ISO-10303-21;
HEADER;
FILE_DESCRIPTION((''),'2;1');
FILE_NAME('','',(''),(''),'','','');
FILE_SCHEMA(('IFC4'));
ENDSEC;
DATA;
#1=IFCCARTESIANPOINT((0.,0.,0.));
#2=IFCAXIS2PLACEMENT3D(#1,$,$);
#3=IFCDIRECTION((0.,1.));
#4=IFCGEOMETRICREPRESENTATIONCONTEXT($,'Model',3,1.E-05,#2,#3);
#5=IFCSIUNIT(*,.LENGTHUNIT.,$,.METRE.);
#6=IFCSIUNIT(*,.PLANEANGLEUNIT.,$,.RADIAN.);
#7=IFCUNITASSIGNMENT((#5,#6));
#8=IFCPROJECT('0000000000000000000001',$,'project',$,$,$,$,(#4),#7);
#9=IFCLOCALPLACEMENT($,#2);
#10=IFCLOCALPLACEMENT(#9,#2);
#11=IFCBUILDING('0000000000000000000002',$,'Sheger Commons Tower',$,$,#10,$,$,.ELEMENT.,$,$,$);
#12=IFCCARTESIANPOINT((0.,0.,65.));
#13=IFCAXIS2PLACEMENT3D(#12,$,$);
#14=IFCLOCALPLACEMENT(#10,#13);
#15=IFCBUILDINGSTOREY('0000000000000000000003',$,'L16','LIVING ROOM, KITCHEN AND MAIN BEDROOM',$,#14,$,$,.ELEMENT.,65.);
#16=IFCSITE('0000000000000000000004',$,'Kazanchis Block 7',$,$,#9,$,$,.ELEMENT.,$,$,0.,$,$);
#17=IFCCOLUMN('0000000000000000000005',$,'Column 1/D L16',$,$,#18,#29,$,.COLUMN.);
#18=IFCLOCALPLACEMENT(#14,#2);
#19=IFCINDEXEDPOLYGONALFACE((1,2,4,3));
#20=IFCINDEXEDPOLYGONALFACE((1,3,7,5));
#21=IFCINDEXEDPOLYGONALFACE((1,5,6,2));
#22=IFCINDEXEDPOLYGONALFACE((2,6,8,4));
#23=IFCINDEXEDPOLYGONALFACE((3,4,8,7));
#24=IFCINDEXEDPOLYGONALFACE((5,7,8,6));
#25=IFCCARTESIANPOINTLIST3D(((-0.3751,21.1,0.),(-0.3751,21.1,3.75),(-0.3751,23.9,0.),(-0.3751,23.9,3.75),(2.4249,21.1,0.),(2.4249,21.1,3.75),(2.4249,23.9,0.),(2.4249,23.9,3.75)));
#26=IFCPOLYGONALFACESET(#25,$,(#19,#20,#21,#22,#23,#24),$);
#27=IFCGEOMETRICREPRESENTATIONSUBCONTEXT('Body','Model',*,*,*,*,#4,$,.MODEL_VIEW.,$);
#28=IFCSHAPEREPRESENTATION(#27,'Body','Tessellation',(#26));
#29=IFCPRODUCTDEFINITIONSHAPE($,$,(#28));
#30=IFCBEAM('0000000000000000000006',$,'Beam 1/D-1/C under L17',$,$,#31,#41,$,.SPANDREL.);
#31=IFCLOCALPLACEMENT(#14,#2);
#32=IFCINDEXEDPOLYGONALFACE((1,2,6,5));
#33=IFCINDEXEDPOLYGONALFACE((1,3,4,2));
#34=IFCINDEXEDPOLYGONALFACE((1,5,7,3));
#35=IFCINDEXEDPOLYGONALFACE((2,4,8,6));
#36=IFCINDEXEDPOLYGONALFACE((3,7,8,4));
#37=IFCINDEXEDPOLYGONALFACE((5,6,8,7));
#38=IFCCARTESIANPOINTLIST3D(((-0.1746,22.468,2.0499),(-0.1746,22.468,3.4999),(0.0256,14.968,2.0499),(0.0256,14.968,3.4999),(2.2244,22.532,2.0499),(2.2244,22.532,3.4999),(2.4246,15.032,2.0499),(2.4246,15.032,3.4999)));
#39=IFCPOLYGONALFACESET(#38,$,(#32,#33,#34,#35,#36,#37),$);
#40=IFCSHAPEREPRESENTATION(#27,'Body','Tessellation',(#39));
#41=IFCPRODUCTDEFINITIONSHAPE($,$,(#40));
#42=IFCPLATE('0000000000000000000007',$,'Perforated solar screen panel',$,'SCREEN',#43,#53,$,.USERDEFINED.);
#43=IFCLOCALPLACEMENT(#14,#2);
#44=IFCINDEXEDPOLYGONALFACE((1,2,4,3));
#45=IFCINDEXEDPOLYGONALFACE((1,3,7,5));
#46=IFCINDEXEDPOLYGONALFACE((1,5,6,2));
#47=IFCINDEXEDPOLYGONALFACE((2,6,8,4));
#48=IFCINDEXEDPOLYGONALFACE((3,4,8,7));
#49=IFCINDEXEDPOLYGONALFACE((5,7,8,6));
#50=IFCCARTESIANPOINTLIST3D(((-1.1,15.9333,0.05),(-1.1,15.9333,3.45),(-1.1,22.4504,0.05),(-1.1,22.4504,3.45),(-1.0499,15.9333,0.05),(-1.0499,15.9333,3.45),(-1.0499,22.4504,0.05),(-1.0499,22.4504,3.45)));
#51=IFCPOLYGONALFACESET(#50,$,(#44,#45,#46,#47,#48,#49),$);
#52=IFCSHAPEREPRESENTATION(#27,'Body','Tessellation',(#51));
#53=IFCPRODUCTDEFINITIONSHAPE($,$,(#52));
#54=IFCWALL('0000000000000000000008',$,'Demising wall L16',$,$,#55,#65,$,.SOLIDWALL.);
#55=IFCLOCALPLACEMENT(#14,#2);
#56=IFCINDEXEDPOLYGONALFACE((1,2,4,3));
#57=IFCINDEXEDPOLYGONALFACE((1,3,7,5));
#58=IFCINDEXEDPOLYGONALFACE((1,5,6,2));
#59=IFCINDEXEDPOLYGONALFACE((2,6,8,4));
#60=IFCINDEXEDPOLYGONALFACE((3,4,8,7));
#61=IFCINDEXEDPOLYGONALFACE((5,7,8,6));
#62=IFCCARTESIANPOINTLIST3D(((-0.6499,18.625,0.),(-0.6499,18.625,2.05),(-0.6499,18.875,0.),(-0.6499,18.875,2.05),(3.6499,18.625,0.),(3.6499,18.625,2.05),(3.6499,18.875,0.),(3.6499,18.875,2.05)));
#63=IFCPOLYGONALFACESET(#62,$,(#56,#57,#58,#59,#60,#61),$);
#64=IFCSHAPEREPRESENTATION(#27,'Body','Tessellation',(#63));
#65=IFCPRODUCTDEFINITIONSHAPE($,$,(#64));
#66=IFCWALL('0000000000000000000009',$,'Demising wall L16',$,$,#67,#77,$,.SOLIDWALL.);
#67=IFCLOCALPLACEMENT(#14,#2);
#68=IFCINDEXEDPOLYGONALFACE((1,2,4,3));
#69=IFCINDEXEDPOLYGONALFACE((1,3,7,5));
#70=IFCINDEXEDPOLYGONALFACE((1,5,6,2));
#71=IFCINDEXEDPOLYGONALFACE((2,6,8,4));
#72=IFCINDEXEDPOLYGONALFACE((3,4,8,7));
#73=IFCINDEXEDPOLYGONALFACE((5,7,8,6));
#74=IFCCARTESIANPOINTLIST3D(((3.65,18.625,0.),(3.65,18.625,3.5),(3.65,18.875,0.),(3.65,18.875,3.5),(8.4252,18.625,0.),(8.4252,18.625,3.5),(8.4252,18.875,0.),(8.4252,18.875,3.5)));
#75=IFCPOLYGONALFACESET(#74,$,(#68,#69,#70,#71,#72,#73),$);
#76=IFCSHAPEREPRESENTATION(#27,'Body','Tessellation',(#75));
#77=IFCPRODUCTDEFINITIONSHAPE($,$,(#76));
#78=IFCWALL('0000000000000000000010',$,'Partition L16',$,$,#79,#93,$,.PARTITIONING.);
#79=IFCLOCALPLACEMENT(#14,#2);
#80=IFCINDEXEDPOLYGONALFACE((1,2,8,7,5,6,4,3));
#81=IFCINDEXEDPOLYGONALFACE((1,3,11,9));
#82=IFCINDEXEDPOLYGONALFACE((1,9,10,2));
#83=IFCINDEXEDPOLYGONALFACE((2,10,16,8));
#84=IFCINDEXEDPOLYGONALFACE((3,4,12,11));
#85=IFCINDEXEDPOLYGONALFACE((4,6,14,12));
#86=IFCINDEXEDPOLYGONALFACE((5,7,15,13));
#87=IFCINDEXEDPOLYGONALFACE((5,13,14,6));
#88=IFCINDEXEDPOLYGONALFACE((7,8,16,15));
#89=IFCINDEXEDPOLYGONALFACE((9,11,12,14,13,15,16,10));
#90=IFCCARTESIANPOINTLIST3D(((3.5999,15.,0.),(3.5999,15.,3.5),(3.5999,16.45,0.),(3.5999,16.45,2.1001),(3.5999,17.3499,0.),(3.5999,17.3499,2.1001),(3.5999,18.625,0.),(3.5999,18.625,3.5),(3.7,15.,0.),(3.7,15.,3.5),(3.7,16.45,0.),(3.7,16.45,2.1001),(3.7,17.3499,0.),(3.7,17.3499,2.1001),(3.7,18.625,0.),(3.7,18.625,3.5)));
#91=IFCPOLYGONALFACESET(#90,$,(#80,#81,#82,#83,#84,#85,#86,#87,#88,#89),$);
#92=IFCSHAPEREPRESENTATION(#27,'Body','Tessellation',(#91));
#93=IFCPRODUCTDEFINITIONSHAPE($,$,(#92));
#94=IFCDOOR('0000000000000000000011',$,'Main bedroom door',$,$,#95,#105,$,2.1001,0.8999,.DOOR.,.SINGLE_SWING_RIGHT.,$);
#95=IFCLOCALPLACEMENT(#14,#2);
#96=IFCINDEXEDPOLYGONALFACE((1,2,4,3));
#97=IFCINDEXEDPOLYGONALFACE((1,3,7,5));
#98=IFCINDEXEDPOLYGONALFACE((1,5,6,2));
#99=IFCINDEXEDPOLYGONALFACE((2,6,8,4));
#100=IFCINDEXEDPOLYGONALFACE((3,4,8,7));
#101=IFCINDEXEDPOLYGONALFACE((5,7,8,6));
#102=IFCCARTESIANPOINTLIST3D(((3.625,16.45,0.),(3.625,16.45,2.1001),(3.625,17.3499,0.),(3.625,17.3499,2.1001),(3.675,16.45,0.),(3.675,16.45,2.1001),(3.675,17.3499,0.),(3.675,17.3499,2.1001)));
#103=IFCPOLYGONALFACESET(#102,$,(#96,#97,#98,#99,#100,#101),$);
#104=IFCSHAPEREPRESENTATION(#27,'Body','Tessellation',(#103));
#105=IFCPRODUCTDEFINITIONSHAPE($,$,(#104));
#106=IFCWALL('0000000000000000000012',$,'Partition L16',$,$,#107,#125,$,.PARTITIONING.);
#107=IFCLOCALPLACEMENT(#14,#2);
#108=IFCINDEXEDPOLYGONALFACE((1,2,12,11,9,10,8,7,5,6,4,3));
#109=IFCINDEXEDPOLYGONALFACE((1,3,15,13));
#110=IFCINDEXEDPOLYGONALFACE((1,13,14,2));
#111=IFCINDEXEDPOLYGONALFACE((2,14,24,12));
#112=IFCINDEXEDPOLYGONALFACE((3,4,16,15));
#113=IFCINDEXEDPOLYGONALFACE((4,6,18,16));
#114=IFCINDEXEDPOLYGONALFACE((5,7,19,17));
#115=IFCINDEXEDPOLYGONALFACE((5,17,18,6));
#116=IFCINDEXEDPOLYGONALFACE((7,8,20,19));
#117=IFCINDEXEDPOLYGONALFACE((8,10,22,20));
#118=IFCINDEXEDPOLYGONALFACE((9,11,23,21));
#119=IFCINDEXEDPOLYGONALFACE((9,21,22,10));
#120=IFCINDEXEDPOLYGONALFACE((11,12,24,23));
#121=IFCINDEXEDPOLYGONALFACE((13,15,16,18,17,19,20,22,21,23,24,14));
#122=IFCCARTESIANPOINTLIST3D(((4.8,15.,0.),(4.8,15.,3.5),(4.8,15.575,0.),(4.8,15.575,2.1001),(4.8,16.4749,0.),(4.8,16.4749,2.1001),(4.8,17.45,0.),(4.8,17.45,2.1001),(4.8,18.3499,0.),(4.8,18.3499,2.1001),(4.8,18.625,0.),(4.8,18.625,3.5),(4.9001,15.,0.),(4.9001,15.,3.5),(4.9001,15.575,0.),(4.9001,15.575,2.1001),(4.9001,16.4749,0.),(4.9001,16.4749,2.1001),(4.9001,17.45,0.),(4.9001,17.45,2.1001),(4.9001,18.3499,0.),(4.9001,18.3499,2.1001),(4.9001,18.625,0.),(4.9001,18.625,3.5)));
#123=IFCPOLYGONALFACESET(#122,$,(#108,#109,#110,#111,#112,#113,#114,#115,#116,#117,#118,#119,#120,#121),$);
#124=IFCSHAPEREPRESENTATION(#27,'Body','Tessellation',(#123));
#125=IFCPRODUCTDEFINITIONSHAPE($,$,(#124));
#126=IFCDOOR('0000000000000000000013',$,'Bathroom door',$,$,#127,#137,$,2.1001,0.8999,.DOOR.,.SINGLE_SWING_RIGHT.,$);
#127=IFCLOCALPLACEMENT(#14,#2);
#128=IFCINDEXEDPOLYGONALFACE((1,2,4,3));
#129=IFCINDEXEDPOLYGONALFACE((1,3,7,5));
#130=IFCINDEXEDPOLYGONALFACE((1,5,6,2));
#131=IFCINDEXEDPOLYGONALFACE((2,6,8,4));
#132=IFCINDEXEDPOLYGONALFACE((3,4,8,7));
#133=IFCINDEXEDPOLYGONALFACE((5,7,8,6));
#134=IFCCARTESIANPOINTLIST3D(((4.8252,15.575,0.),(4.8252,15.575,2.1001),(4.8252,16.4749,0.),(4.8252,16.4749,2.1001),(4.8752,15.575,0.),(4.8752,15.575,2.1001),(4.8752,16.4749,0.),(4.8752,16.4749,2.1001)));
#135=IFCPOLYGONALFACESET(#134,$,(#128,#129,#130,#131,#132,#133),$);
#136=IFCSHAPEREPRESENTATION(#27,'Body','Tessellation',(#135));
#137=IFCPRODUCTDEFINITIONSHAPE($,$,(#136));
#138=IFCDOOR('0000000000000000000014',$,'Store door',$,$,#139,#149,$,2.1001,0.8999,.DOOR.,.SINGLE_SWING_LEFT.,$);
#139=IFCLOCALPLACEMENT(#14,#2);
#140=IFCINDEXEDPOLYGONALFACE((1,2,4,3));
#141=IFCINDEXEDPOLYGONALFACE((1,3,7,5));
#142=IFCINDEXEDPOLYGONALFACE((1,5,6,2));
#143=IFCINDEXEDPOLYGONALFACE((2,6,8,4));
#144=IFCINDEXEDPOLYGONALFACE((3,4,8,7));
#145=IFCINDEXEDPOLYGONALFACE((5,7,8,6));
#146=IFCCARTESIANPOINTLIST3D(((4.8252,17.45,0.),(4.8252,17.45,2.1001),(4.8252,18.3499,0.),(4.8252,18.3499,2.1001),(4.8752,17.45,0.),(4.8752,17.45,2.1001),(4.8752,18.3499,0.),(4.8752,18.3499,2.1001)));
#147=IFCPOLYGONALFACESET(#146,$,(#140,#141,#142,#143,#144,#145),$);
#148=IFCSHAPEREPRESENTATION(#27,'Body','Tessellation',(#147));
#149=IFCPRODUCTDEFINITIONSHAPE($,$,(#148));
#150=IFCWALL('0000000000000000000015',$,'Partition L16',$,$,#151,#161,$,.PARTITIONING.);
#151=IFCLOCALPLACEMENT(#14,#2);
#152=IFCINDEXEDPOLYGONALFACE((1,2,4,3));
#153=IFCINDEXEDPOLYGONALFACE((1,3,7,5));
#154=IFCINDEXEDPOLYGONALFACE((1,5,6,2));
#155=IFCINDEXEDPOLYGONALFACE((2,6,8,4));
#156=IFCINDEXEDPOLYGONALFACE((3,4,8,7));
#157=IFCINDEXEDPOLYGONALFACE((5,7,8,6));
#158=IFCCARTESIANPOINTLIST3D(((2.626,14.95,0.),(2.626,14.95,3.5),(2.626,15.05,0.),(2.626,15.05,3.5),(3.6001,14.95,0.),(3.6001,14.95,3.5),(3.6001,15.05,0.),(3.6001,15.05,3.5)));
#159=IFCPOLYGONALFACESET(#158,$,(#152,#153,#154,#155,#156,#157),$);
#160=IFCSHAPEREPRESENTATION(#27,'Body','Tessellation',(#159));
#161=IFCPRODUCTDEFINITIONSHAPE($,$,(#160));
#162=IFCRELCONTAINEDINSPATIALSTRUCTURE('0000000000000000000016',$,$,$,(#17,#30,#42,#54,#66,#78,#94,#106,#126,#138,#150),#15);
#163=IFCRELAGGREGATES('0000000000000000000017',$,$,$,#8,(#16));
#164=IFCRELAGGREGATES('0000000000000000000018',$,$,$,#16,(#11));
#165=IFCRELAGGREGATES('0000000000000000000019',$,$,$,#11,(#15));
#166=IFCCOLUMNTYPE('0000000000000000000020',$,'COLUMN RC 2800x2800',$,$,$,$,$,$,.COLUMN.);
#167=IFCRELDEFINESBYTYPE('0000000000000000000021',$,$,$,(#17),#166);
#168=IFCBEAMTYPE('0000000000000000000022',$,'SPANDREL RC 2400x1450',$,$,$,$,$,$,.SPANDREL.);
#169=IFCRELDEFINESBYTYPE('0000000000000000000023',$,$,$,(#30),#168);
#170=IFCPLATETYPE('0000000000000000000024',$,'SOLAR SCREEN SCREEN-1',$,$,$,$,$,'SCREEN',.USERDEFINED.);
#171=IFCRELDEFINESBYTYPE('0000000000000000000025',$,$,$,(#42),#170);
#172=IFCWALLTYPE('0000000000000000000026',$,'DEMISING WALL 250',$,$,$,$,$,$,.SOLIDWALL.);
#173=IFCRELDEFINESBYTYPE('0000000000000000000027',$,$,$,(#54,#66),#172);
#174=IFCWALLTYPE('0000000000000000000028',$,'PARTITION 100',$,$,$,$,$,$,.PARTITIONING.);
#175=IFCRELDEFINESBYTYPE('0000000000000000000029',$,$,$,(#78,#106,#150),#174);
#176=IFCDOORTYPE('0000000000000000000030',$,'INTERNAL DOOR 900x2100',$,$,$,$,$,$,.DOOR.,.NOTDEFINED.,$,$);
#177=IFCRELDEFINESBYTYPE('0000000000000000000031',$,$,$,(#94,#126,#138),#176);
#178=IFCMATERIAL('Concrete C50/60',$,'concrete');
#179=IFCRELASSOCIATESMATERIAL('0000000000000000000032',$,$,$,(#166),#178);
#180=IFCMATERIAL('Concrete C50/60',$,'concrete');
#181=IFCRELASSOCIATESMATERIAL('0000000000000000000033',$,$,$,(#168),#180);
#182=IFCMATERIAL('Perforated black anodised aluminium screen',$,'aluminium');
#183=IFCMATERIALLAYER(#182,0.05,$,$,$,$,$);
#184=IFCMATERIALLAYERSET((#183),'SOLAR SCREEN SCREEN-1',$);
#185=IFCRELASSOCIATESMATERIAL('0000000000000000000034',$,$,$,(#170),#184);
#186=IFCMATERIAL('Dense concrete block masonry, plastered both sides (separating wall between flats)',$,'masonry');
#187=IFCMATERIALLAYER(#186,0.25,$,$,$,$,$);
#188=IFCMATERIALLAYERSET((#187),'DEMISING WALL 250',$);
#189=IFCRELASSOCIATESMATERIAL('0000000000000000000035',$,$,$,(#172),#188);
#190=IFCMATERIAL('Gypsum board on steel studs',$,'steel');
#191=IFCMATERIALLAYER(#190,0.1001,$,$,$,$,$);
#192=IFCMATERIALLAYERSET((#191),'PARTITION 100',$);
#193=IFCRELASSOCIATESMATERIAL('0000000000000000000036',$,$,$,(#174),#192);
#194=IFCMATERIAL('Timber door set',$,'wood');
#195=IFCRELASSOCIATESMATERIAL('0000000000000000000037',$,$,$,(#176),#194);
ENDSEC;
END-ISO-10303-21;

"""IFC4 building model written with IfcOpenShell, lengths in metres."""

from ifc_helpers import new_model, si_unit, direction, frame, frame_2d, origin, origin_2d, place, context, subcontext, project, spatial, rectangle, extrude, material, layer, layer_set, material_profile, profile_set, type_object, element, fill, save


model = new_model("IFC4")

# Units and contexts
model_context = context("Model", 3, precision=1e-05, world=origin(), true_north=direction((0.0, 1.0)))
body_context = subcontext(model_context, "Body", "Model", "MODEL_VIEW")
ifc_project = project(units=[si_unit("LENGTHUNIT", "METRE"), si_unit("PLANEANGLEUNIT", "RADIAN")], contexts=[model_context])

# Site, building, storey
site_placement = place(None, origin())
site = spatial("IfcSite", under=ifc_project, at=site_placement, Name="Kazanchis Block 7", CompositionType="ELEMENT", RefElevation=0.0)
building_placement = place(site_placement, origin())
building = spatial("IfcBuilding", under=site, at=building_placement, Name="Sheger Commons Tower", CompositionType="ELEMENT")
storey_placement = place(building_placement, frame((0.0, 0.0, 65.0)))
storey = spatial("IfcBuildingStorey", under=building, at=storey_placement, Name="L16", Description="LIVING ROOM, KITCHEN AND MAIN BEDROOM", CompositionType="ELEMENT", Elevation=65.0)

# Column
ifc_material_1 = material(Name="Concrete C50/60", Category="concrete")
ifc_material_profile_1 = material_profile(ifc_material_1, rectangle(XDim=2.8, YDim=2.8, at=origin_2d()), Name="RC 2800x2800")
ifc_profile_set_1 = profile_set([ifc_material_profile_1], Name="Concrete C50/60")
column_type = type_object("IfcColumnType", Name="COLUMN RC 2800x2800", PredefinedType="COLUMN", material=ifc_profile_set_1)
column_placement = place(storey_placement, frame((1.0249, 22.5, 0.0), z_axis=(0.0, 0.0, 1.0), x_axis=(1.0, 0.0, 0.0)))
element("IfcColumn", 1, at=column_placement, inside=storey, type_object=column_type, Name="Column 1/D L16", PredefinedType="COLUMN", context=body_context, shape_type="SweptSolid", body=[
    extrude(rectangle(XDim=2.8, YDim=2.8, at=origin_2d()), origin(), (0.0, 0.0, 1.0), 3.75),
])

# Beam
ifc_material_2 = material(Name="Concrete C50/60", Category="concrete")
ifc_material_profile_2 = material_profile(ifc_material_2, rectangle(XDim=2.3999, YDim=1.45, at=origin_2d()), Name="RC 2400x1450")
ifc_profile_set_2 = profile_set([ifc_material_profile_2], Name="Concrete C50/60")
beam_type = type_object("IfcBeamType", Name="SPANDREL RC 2400x1450", PredefinedType="SPANDREL", material=ifc_profile_set_2)
beam_placement = place(storey_placement, frame((1.0249, 22.5, 2.7749), z_axis=(0.026683, -0.999644, 0.0), x_axis=(0.999644, 0.026683, 0.0)))
element("IfcBeam", 2, at=beam_placement, inside=storey, type_object=beam_type, Name="Beam 1/D-1/C under L17", PredefinedType="SPANDREL", context=body_context, shape_type="SweptSolid", body=[
    extrude(rectangle(XDim=2.3999, YDim=1.45, at=origin_2d()), origin(), (0.0, 0.0, 1.0), 7.5027),
])

# Plate
ifc_material_3 = material(Name="Perforated black anodised aluminium screen", Category="aluminium")
ifc_layer_1 = layer(ifc_material_3, 0.05)
ifc_layer_set_1 = layer_set([ifc_layer_1], Name="SOLAR SCREEN SCREEN-1")
plate_type = type_object("IfcPlateType", Name="SOLAR SCREEN SCREEN-1", ElementType="SCREEN", PredefinedType="USERDEFINED", material=ifc_layer_set_1)
plate_placement = place(storey_placement, frame((-1.075, 19.1919, 0.05), z_axis=(0.0, 0.0, 1.0), x_axis=(0.0, -1.0, 0.0)))
element("IfcPlate", 3, at=plate_placement, inside=storey, type_object=plate_type, Name="Perforated solar screen panel", ObjectType="SCREEN", PredefinedType="USERDEFINED", context=body_context, shape_type="SweptSolid", body=[
    extrude(rectangle(XDim=6.5171, YDim=0.05, at=origin_2d()), origin(), (0.0, 0.0, 1.0), 3.3999),
])

# Walls
ifc_material_4 = material(Name="Dense concrete block masonry, plastered both sides (separating wall between flats)", Category="masonry")
ifc_layer_2 = layer(ifc_material_4, 0.25)
ifc_layer_set_2 = layer_set([ifc_layer_2], Name="DEMISING WALL 250")
wall_type_1 = type_object("IfcWallType", Name="DEMISING WALL 250", PredefinedType="SOLIDWALL", material=ifc_layer_set_2)
wall_1_placement = place(storey_placement, frame((-0.6499, 18.75, 0.0), z_axis=(0.0, 0.0, 1.0), x_axis=(1.0, 0.0, 0.0)))
element("IfcWall", 4, at=wall_1_placement, inside=storey, type_object=wall_type_1, Name="Demising wall L16", PredefinedType="SOLIDWALL", context=body_context, shape_type="SweptSolid", body=[
    extrude(rectangle(XDim=4.2998, YDim=0.25, at=frame_2d((2.1499, 0.0))), origin(), (0.0, 0.0, 1.0), 2.05),
])
wall_2_placement = place(storey_placement, frame((3.6499, 18.75, 0.0), z_axis=(0.0, 0.0, 1.0), x_axis=(1.0, 0.0, 0.0)))
element("IfcWall", 5, at=wall_2_placement, inside=storey, type_object=wall_type_1, Name="Demising wall L16", PredefinedType="SOLIDWALL", context=body_context, shape_type="SweptSolid", body=[
    extrude(rectangle(XDim=4.7751, YDim=0.25, at=frame_2d((2.3877, 0.0))), origin(), (0.0, 0.0, 1.0), 3.5),
])

# Wall, opening, door
ifc_material_5 = material(Name="Gypsum board on steel studs", Category="steel")
ifc_layer_3 = layer(ifc_material_5, 0.1001)
ifc_layer_set_3 = layer_set([ifc_layer_3], Name="PARTITION 100")
wall_type_2 = type_object("IfcWallType", Name="PARTITION 100", PredefinedType="PARTITIONING", material=ifc_layer_set_3)
wall_3_placement = place(storey_placement, frame((3.6499, 15.0, 0.0), z_axis=(0.0, 0.0, 1.0), x_axis=(0.0, 1.0, 0.0)))
wall_3 = element("IfcWall", 6, at=wall_3_placement, inside=storey, type_object=wall_type_2, Name="Partition L16", PredefinedType="PARTITIONING", context=body_context, shape_type="SweptSolid", body=[
    extrude(rectangle(XDim=3.625, YDim=0.1001, at=frame_2d((1.8125, 0.0))), origin(), (0.0, 0.0, 1.0), 3.5),
])
opening_1_placement = place(wall_3_placement, frame((1.45, 0.0, 0.0)))
opening_1 = element("IfcOpeningElement", 7, at=opening_1_placement, cuts=wall_3, PredefinedType="OPENING", context=body_context, shape_type="SweptSolid", body=[
    extrude(rectangle(XDim=0.8999, YDim=2.1001, at=frame_2d((0.45, 1.05))), frame((0.0, 0.0601, 0.0), z_axis=(0.0, -1.0, 0.0), x_axis=(1.0, 0.0, 0.0)), (0.0, 0.0, 1.0), 0.1201),
])
ifc_material_6 = material(Name="Timber door set", Category="wood")
door_type = type_object("IfcDoorType", Name="INTERNAL DOOR 900x2100", OperationType="NOTDEFINED", PredefinedType="DOOR", material=ifc_material_6)
door_1_placement = place(opening_1_placement, origin())
door_1 = element("IfcDoor", 8, at=door_1_placement, inside=storey, type_object=door_type, Name="Main bedroom door", OperationType="SINGLE_SWING_RIGHT", OverallHeight=2.1001, OverallWidth=0.8999, PredefinedType="DOOR", context=body_context, shape_type="SweptSolid", body=[
    extrude(rectangle(XDim=0.8999, YDim=2.1001, at=frame_2d((0.45, 1.05))), frame((0.0, 0.0249, 0.0), z_axis=(0.0, -1.0, 0.0), x_axis=(1.0, 0.0, 0.0)), (0.0, 0.0, 1.0), 0.05),
])
fill(opening_1, door_1)

# Wall, openings, doors
wall_4_placement = place(storey_placement, frame((4.8501, 15.0, 0.0), z_axis=(0.0, 0.0, 1.0), x_axis=(0.0, 1.0, 0.0)))
wall_4 = element("IfcWall", 9, at=wall_4_placement, inside=storey, type_object=wall_type_2, Name="Partition L16", PredefinedType="PARTITIONING", context=body_context, shape_type="SweptSolid", body=[
    extrude(rectangle(XDim=3.625, YDim=0.1001, at=frame_2d((1.8125, 0.0))), origin(), (0.0, 0.0, 1.0), 3.5),
])
opening_2_placement = place(wall_4_placement, frame((0.575, 0.0, 0.0)))
opening_2 = element("IfcOpeningElement", 10, at=opening_2_placement, cuts=wall_4, PredefinedType="OPENING", context=body_context, shape_type="SweptSolid", body=[
    extrude(rectangle(XDim=0.8999, YDim=2.1001, at=frame_2d((0.45, 1.05))), frame((0.0, 0.0601, 0.0), z_axis=(0.0, -1.0, 0.0), x_axis=(1.0, 0.0, 0.0)), (0.0, 0.0, 1.0), 0.1201),
])
opening_3_placement = place(wall_4_placement, frame((2.45, 0.0, 0.0)))
opening_3 = element("IfcOpeningElement", 11, at=opening_3_placement, cuts=wall_4, PredefinedType="OPENING", context=body_context, shape_type="SweptSolid", body=[
    extrude(rectangle(XDim=0.8999, YDim=2.1001, at=frame_2d((0.45, 1.05))), frame((0.0, 0.0601, 0.0), z_axis=(0.0, -1.0, 0.0), x_axis=(1.0, 0.0, 0.0)), (0.0, 0.0, 1.0), 0.1201),
])
door_2_placement = place(opening_2_placement, origin())
door_2 = element("IfcDoor", 12, at=door_2_placement, inside=storey, type_object=door_type, Name="Bathroom door", OperationType="SINGLE_SWING_RIGHT", OverallHeight=2.1001, OverallWidth=0.8999, PredefinedType="DOOR", context=body_context, shape_type="SweptSolid", body=[
    extrude(rectangle(XDim=0.8999, YDim=2.1001, at=frame_2d((0.45, 1.05))), frame((0.0, 0.0249, 0.0), z_axis=(0.0, -1.0, 0.0), x_axis=(1.0, 0.0, 0.0)), (0.0, 0.0, 1.0), 0.05),
])
fill(opening_2, door_2)
door_3_placement = place(opening_3_placement, origin())
door_3 = element("IfcDoor", 13, at=door_3_placement, inside=storey, type_object=door_type, Name="Store door", OperationType="SINGLE_SWING_LEFT", OverallHeight=2.1001, OverallWidth=0.8999, PredefinedType="DOOR", context=body_context, shape_type="SweptSolid", body=[
    extrude(rectangle(XDim=0.8999, YDim=2.1001, at=frame_2d((0.45, 1.05))), frame((0.0, 0.0249, 0.0), z_axis=(0.0, -1.0, 0.0), x_axis=(1.0, 0.0, 0.0)), (0.0, 0.0, 1.0), 0.05),
])
fill(opening_3, door_3)

# Wall
wall_5_placement = place(storey_placement, frame((2.626, 15.0, 0.0), z_axis=(0.0, 0.0, 1.0), x_axis=(1.0, 0.0, 0.0)))
element("IfcWall", 14, at=wall_5_placement, inside=storey, type_object=wall_type_2, Name="Partition L16", PredefinedType="PARTITIONING", context=body_context, shape_type="SweptSolid", body=[
    extrude(rectangle(XDim=0.9741, YDim=0.1001, at=frame_2d((0.4871, 0.0))), origin(), (0.0, 0.0, 1.0), 3.5),
])

save(model, "model.ifc")
